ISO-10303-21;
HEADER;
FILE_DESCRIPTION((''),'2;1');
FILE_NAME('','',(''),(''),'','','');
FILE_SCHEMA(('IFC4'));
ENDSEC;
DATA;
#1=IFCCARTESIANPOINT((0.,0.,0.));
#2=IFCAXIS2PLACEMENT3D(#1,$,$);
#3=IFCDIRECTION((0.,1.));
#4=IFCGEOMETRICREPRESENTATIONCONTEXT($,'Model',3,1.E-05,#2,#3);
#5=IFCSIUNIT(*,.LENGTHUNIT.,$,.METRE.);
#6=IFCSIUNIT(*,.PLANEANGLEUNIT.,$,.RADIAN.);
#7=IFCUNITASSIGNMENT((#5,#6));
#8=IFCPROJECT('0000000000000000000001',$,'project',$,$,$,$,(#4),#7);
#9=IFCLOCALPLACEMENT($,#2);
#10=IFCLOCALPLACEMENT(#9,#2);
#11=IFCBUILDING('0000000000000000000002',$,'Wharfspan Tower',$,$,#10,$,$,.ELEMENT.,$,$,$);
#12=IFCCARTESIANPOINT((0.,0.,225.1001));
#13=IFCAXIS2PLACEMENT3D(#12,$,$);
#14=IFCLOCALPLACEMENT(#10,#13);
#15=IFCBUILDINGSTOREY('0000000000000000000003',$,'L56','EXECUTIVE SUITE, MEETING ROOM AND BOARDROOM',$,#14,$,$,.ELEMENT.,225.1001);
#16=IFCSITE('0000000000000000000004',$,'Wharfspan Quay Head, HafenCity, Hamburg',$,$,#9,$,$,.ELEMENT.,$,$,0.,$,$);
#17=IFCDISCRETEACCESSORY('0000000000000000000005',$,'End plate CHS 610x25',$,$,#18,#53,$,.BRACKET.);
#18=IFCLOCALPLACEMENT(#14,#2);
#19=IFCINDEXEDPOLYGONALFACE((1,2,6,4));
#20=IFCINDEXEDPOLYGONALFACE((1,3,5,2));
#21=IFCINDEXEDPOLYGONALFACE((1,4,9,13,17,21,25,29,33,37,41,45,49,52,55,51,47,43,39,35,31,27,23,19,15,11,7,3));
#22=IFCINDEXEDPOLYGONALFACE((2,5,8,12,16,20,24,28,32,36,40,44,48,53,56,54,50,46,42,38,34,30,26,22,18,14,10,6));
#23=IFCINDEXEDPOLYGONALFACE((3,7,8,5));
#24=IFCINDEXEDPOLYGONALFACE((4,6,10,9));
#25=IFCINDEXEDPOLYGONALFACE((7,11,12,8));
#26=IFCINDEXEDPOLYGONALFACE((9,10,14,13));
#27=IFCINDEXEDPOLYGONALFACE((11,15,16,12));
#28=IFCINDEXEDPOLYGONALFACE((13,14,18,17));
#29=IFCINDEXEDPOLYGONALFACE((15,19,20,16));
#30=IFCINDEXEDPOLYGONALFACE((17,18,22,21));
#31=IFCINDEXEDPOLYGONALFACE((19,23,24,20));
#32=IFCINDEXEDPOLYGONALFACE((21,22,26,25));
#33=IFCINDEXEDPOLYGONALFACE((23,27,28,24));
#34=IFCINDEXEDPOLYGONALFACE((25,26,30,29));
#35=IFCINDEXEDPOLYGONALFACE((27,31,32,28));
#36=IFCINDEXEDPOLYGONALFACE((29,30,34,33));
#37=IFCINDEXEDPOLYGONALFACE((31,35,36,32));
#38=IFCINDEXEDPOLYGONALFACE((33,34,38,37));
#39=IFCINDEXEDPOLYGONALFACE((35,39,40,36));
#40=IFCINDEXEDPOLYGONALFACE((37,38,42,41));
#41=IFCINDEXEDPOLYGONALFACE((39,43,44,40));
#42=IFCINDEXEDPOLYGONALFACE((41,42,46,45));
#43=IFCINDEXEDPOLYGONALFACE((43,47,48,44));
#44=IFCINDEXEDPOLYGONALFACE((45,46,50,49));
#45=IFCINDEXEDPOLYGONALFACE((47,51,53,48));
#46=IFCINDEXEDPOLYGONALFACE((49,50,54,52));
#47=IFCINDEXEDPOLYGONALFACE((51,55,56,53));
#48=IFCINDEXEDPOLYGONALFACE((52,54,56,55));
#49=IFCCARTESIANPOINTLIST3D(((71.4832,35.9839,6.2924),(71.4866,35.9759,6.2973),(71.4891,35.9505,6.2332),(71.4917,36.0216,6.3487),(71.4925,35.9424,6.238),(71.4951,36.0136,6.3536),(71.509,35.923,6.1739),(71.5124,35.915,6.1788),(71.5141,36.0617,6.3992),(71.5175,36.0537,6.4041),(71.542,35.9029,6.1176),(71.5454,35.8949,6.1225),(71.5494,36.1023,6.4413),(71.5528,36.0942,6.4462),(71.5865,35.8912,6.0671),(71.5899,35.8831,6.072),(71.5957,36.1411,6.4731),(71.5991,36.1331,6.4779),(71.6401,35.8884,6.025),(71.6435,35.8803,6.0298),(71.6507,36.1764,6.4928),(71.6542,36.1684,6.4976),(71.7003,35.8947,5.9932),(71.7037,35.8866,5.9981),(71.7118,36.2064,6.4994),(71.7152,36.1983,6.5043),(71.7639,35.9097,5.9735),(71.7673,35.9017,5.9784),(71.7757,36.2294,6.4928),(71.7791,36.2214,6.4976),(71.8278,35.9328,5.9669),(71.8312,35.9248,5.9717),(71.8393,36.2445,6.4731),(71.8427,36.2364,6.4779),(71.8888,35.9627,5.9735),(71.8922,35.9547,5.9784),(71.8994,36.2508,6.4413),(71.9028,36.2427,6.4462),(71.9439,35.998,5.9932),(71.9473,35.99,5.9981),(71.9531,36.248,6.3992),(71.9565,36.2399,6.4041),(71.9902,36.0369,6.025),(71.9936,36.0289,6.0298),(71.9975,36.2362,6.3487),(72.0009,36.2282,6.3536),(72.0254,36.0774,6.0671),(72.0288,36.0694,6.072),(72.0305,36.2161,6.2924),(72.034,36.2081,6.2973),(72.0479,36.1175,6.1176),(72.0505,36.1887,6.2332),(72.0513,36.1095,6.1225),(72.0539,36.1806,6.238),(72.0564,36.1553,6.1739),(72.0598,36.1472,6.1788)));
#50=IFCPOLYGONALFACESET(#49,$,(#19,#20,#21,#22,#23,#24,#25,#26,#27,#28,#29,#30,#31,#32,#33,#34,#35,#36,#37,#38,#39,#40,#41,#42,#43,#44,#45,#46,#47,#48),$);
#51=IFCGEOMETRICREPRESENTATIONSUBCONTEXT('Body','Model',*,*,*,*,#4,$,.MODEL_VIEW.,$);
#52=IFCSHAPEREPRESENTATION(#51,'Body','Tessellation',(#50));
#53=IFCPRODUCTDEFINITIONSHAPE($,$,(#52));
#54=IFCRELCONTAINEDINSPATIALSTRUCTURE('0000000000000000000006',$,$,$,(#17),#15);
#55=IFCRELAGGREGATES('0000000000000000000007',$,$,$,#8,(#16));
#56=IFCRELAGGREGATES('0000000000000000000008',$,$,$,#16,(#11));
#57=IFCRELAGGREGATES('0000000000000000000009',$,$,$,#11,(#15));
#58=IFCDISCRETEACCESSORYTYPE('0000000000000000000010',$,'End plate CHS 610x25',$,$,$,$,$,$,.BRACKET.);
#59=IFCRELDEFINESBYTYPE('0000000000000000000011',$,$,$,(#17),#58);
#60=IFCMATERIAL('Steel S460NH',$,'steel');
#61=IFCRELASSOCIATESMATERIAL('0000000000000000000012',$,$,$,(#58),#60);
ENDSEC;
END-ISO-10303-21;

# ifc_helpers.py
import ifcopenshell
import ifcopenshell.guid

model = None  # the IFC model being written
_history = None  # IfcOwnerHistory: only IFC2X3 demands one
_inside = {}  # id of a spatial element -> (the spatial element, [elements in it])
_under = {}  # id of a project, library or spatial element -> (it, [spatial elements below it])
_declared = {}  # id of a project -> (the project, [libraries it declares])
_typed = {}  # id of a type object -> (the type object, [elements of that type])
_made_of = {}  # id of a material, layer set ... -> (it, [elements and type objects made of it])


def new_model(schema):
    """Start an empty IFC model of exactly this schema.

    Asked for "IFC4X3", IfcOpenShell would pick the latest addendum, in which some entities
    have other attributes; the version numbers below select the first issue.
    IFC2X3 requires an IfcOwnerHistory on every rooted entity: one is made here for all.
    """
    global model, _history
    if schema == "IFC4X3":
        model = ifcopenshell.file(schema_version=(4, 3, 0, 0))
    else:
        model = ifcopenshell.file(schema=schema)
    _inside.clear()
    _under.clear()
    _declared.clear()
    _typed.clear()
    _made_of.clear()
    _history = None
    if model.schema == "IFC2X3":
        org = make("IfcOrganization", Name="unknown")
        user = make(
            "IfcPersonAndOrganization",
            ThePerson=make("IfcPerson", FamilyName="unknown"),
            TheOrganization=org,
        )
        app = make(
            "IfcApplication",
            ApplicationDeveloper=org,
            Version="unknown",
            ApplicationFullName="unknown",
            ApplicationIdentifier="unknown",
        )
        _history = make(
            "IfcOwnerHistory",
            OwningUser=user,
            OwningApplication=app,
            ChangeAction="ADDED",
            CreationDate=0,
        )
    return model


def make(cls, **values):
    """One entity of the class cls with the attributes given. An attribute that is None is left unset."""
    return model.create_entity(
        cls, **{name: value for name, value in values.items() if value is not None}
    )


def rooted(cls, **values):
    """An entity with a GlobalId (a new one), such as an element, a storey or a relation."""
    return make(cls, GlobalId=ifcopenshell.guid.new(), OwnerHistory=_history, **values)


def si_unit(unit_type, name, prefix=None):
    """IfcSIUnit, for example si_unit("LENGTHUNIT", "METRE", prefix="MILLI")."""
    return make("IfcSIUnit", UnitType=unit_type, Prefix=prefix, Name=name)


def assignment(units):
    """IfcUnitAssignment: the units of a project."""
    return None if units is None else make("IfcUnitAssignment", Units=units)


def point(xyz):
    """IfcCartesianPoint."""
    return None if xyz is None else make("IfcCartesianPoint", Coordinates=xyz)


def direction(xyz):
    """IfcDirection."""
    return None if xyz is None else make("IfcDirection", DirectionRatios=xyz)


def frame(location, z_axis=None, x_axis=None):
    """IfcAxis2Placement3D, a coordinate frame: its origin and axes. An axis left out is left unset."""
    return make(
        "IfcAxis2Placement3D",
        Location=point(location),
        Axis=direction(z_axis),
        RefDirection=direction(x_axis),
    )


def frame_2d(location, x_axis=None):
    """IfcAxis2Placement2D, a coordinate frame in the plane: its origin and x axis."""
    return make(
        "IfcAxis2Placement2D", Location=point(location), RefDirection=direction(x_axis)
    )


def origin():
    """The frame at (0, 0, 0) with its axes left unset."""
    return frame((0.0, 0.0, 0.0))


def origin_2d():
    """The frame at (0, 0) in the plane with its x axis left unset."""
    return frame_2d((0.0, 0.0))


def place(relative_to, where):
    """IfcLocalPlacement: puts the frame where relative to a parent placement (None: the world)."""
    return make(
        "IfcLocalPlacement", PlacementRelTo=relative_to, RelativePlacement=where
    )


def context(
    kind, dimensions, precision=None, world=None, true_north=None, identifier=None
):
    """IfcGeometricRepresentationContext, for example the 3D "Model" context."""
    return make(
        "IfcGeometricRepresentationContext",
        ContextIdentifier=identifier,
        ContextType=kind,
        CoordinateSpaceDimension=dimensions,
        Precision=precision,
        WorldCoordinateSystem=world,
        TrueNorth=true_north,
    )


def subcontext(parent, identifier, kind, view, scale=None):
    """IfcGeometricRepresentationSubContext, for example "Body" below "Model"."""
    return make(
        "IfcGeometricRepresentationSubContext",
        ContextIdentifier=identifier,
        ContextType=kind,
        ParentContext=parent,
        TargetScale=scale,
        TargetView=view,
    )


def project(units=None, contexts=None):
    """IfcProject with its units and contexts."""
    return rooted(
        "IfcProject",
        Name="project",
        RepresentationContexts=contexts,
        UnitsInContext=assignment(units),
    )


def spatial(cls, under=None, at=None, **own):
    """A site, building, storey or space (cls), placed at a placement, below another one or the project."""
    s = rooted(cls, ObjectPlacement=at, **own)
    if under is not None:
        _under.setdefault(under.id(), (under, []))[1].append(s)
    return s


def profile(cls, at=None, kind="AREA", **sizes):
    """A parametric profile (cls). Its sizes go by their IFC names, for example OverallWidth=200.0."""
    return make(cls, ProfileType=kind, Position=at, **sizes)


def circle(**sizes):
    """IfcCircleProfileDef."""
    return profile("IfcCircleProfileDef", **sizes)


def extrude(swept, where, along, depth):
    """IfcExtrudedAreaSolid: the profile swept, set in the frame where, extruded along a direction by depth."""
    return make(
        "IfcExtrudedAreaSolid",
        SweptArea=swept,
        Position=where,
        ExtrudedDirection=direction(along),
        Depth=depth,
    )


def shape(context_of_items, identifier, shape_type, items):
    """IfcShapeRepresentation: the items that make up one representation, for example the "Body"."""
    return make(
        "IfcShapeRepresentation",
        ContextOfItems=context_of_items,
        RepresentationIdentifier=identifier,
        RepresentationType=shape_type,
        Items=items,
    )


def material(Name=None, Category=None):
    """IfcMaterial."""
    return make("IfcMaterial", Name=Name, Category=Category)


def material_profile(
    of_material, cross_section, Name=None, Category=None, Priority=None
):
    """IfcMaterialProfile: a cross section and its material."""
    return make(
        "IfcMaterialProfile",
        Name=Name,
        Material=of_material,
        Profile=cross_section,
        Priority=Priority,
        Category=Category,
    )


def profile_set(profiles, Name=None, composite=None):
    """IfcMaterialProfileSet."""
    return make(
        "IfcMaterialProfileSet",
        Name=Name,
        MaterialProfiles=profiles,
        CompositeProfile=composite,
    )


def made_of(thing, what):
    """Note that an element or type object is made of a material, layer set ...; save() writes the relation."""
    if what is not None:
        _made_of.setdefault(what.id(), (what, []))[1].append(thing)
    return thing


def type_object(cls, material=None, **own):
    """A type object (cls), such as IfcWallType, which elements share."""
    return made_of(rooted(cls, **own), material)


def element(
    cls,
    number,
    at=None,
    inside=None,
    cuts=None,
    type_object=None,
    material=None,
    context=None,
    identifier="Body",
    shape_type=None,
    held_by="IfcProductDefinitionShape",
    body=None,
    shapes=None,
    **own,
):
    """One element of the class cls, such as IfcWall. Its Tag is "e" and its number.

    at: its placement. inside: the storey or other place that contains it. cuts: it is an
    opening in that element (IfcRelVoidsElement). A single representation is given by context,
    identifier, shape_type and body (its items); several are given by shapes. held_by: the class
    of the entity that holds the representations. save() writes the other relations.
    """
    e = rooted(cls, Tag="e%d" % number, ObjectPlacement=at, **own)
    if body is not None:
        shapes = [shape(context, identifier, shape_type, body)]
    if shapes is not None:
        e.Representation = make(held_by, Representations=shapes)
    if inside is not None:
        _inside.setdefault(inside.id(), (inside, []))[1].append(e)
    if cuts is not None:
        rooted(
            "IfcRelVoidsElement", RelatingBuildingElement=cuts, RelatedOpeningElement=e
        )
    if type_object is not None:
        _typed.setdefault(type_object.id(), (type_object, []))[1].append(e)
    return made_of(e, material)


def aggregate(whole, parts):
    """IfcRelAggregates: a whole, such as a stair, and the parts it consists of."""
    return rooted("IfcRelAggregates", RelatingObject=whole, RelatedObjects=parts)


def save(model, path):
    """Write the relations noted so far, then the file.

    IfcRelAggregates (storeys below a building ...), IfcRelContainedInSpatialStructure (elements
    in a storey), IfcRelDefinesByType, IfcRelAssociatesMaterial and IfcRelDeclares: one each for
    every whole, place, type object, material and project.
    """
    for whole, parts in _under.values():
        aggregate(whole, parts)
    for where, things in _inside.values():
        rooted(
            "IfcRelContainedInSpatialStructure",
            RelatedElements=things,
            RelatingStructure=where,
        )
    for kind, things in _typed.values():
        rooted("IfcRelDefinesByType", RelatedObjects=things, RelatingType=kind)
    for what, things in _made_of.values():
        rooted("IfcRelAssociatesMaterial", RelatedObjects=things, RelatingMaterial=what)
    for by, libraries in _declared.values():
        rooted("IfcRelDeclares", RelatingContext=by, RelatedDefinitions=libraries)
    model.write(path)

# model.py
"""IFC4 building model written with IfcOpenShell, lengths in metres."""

from ifc_helpers import new_model, si_unit, direction, frame, origin, origin_2d, place, context, subcontext, project, spatial, circle, extrude, material, material_profile, profile_set, type_object, element, save


model = new_model("IFC4")

# Units and contexts
model_context = context("Model", 3, precision=1e-05, world=origin(), true_north=direction((0.0, 1.0)))
body_context = subcontext(model_context, "Body", "Model", "MODEL_VIEW")
ifc_project = project(units=[si_unit("LENGTHUNIT", "METRE"), si_unit("PLANEANGLEUNIT", "RADIAN")], contexts=[model_context])

# Site, building, storey
site_placement = place(None, origin())
site = spatial("IfcSite", under=ifc_project, at=site_placement, Name="Wharfspan Quay Head, HafenCity, Hamburg", CompositionType="ELEMENT", RefElevation=0.0)
building_placement = place(site_placement, origin())
building = spatial("IfcBuilding", under=site, at=building_placement, Name="Wharfspan Tower", CompositionType="ELEMENT")
storey_placement = place(building_placement, frame((0.0, 0.0, 225.1001)))
storey = spatial("IfcBuildingStorey", under=building, at=storey_placement, Name="L56", Description="EXECUTIVE SUITE, MEETING ROOM AND BOARDROOM", CompositionType="ELEMENT", Elevation=225.1001)

# Shared definitions
ifc_material_1 = material(Name="Steel S460NH", Category="steel")

# Discrete accessory
ifc_material_profile_1 = material_profile(ifc_material_1, circle(Radius=0.3049, at=origin_2d()))
ifc_profile_set_1 = profile_set([ifc_material_profile_1], Name="Steel S460NH")
discrete_accessory_type = type_object("IfcDiscreteAccessoryType", Name="End plate CHS 610x25", PredefinedType="BRACKET", material=ifc_profile_set_1)
for number, where, z_axis, x_axis, name in (
    (1, (71.7698, 36.0696, 6.2332), (0.341058, -0.803922, 0.487226), (0.920584, 0.390551, 0.0), "End plate CHS 610x25"),
):
    element("IfcDiscreteAccessory", number, at=place(storey_placement, frame(where, z_axis=z_axis, x_axis=x_axis)), inside=storey, type_object=discrete_accessory_type, Name=name, PredefinedType="BRACKET", context=body_context, shape_type="SweptSolid", body=[
        extrude(circle(Radius=0.3049, at=origin_2d()), origin(), (0.0, 0.0, 1.0), 0.01),
    ])

save(model, "model.ifc")
